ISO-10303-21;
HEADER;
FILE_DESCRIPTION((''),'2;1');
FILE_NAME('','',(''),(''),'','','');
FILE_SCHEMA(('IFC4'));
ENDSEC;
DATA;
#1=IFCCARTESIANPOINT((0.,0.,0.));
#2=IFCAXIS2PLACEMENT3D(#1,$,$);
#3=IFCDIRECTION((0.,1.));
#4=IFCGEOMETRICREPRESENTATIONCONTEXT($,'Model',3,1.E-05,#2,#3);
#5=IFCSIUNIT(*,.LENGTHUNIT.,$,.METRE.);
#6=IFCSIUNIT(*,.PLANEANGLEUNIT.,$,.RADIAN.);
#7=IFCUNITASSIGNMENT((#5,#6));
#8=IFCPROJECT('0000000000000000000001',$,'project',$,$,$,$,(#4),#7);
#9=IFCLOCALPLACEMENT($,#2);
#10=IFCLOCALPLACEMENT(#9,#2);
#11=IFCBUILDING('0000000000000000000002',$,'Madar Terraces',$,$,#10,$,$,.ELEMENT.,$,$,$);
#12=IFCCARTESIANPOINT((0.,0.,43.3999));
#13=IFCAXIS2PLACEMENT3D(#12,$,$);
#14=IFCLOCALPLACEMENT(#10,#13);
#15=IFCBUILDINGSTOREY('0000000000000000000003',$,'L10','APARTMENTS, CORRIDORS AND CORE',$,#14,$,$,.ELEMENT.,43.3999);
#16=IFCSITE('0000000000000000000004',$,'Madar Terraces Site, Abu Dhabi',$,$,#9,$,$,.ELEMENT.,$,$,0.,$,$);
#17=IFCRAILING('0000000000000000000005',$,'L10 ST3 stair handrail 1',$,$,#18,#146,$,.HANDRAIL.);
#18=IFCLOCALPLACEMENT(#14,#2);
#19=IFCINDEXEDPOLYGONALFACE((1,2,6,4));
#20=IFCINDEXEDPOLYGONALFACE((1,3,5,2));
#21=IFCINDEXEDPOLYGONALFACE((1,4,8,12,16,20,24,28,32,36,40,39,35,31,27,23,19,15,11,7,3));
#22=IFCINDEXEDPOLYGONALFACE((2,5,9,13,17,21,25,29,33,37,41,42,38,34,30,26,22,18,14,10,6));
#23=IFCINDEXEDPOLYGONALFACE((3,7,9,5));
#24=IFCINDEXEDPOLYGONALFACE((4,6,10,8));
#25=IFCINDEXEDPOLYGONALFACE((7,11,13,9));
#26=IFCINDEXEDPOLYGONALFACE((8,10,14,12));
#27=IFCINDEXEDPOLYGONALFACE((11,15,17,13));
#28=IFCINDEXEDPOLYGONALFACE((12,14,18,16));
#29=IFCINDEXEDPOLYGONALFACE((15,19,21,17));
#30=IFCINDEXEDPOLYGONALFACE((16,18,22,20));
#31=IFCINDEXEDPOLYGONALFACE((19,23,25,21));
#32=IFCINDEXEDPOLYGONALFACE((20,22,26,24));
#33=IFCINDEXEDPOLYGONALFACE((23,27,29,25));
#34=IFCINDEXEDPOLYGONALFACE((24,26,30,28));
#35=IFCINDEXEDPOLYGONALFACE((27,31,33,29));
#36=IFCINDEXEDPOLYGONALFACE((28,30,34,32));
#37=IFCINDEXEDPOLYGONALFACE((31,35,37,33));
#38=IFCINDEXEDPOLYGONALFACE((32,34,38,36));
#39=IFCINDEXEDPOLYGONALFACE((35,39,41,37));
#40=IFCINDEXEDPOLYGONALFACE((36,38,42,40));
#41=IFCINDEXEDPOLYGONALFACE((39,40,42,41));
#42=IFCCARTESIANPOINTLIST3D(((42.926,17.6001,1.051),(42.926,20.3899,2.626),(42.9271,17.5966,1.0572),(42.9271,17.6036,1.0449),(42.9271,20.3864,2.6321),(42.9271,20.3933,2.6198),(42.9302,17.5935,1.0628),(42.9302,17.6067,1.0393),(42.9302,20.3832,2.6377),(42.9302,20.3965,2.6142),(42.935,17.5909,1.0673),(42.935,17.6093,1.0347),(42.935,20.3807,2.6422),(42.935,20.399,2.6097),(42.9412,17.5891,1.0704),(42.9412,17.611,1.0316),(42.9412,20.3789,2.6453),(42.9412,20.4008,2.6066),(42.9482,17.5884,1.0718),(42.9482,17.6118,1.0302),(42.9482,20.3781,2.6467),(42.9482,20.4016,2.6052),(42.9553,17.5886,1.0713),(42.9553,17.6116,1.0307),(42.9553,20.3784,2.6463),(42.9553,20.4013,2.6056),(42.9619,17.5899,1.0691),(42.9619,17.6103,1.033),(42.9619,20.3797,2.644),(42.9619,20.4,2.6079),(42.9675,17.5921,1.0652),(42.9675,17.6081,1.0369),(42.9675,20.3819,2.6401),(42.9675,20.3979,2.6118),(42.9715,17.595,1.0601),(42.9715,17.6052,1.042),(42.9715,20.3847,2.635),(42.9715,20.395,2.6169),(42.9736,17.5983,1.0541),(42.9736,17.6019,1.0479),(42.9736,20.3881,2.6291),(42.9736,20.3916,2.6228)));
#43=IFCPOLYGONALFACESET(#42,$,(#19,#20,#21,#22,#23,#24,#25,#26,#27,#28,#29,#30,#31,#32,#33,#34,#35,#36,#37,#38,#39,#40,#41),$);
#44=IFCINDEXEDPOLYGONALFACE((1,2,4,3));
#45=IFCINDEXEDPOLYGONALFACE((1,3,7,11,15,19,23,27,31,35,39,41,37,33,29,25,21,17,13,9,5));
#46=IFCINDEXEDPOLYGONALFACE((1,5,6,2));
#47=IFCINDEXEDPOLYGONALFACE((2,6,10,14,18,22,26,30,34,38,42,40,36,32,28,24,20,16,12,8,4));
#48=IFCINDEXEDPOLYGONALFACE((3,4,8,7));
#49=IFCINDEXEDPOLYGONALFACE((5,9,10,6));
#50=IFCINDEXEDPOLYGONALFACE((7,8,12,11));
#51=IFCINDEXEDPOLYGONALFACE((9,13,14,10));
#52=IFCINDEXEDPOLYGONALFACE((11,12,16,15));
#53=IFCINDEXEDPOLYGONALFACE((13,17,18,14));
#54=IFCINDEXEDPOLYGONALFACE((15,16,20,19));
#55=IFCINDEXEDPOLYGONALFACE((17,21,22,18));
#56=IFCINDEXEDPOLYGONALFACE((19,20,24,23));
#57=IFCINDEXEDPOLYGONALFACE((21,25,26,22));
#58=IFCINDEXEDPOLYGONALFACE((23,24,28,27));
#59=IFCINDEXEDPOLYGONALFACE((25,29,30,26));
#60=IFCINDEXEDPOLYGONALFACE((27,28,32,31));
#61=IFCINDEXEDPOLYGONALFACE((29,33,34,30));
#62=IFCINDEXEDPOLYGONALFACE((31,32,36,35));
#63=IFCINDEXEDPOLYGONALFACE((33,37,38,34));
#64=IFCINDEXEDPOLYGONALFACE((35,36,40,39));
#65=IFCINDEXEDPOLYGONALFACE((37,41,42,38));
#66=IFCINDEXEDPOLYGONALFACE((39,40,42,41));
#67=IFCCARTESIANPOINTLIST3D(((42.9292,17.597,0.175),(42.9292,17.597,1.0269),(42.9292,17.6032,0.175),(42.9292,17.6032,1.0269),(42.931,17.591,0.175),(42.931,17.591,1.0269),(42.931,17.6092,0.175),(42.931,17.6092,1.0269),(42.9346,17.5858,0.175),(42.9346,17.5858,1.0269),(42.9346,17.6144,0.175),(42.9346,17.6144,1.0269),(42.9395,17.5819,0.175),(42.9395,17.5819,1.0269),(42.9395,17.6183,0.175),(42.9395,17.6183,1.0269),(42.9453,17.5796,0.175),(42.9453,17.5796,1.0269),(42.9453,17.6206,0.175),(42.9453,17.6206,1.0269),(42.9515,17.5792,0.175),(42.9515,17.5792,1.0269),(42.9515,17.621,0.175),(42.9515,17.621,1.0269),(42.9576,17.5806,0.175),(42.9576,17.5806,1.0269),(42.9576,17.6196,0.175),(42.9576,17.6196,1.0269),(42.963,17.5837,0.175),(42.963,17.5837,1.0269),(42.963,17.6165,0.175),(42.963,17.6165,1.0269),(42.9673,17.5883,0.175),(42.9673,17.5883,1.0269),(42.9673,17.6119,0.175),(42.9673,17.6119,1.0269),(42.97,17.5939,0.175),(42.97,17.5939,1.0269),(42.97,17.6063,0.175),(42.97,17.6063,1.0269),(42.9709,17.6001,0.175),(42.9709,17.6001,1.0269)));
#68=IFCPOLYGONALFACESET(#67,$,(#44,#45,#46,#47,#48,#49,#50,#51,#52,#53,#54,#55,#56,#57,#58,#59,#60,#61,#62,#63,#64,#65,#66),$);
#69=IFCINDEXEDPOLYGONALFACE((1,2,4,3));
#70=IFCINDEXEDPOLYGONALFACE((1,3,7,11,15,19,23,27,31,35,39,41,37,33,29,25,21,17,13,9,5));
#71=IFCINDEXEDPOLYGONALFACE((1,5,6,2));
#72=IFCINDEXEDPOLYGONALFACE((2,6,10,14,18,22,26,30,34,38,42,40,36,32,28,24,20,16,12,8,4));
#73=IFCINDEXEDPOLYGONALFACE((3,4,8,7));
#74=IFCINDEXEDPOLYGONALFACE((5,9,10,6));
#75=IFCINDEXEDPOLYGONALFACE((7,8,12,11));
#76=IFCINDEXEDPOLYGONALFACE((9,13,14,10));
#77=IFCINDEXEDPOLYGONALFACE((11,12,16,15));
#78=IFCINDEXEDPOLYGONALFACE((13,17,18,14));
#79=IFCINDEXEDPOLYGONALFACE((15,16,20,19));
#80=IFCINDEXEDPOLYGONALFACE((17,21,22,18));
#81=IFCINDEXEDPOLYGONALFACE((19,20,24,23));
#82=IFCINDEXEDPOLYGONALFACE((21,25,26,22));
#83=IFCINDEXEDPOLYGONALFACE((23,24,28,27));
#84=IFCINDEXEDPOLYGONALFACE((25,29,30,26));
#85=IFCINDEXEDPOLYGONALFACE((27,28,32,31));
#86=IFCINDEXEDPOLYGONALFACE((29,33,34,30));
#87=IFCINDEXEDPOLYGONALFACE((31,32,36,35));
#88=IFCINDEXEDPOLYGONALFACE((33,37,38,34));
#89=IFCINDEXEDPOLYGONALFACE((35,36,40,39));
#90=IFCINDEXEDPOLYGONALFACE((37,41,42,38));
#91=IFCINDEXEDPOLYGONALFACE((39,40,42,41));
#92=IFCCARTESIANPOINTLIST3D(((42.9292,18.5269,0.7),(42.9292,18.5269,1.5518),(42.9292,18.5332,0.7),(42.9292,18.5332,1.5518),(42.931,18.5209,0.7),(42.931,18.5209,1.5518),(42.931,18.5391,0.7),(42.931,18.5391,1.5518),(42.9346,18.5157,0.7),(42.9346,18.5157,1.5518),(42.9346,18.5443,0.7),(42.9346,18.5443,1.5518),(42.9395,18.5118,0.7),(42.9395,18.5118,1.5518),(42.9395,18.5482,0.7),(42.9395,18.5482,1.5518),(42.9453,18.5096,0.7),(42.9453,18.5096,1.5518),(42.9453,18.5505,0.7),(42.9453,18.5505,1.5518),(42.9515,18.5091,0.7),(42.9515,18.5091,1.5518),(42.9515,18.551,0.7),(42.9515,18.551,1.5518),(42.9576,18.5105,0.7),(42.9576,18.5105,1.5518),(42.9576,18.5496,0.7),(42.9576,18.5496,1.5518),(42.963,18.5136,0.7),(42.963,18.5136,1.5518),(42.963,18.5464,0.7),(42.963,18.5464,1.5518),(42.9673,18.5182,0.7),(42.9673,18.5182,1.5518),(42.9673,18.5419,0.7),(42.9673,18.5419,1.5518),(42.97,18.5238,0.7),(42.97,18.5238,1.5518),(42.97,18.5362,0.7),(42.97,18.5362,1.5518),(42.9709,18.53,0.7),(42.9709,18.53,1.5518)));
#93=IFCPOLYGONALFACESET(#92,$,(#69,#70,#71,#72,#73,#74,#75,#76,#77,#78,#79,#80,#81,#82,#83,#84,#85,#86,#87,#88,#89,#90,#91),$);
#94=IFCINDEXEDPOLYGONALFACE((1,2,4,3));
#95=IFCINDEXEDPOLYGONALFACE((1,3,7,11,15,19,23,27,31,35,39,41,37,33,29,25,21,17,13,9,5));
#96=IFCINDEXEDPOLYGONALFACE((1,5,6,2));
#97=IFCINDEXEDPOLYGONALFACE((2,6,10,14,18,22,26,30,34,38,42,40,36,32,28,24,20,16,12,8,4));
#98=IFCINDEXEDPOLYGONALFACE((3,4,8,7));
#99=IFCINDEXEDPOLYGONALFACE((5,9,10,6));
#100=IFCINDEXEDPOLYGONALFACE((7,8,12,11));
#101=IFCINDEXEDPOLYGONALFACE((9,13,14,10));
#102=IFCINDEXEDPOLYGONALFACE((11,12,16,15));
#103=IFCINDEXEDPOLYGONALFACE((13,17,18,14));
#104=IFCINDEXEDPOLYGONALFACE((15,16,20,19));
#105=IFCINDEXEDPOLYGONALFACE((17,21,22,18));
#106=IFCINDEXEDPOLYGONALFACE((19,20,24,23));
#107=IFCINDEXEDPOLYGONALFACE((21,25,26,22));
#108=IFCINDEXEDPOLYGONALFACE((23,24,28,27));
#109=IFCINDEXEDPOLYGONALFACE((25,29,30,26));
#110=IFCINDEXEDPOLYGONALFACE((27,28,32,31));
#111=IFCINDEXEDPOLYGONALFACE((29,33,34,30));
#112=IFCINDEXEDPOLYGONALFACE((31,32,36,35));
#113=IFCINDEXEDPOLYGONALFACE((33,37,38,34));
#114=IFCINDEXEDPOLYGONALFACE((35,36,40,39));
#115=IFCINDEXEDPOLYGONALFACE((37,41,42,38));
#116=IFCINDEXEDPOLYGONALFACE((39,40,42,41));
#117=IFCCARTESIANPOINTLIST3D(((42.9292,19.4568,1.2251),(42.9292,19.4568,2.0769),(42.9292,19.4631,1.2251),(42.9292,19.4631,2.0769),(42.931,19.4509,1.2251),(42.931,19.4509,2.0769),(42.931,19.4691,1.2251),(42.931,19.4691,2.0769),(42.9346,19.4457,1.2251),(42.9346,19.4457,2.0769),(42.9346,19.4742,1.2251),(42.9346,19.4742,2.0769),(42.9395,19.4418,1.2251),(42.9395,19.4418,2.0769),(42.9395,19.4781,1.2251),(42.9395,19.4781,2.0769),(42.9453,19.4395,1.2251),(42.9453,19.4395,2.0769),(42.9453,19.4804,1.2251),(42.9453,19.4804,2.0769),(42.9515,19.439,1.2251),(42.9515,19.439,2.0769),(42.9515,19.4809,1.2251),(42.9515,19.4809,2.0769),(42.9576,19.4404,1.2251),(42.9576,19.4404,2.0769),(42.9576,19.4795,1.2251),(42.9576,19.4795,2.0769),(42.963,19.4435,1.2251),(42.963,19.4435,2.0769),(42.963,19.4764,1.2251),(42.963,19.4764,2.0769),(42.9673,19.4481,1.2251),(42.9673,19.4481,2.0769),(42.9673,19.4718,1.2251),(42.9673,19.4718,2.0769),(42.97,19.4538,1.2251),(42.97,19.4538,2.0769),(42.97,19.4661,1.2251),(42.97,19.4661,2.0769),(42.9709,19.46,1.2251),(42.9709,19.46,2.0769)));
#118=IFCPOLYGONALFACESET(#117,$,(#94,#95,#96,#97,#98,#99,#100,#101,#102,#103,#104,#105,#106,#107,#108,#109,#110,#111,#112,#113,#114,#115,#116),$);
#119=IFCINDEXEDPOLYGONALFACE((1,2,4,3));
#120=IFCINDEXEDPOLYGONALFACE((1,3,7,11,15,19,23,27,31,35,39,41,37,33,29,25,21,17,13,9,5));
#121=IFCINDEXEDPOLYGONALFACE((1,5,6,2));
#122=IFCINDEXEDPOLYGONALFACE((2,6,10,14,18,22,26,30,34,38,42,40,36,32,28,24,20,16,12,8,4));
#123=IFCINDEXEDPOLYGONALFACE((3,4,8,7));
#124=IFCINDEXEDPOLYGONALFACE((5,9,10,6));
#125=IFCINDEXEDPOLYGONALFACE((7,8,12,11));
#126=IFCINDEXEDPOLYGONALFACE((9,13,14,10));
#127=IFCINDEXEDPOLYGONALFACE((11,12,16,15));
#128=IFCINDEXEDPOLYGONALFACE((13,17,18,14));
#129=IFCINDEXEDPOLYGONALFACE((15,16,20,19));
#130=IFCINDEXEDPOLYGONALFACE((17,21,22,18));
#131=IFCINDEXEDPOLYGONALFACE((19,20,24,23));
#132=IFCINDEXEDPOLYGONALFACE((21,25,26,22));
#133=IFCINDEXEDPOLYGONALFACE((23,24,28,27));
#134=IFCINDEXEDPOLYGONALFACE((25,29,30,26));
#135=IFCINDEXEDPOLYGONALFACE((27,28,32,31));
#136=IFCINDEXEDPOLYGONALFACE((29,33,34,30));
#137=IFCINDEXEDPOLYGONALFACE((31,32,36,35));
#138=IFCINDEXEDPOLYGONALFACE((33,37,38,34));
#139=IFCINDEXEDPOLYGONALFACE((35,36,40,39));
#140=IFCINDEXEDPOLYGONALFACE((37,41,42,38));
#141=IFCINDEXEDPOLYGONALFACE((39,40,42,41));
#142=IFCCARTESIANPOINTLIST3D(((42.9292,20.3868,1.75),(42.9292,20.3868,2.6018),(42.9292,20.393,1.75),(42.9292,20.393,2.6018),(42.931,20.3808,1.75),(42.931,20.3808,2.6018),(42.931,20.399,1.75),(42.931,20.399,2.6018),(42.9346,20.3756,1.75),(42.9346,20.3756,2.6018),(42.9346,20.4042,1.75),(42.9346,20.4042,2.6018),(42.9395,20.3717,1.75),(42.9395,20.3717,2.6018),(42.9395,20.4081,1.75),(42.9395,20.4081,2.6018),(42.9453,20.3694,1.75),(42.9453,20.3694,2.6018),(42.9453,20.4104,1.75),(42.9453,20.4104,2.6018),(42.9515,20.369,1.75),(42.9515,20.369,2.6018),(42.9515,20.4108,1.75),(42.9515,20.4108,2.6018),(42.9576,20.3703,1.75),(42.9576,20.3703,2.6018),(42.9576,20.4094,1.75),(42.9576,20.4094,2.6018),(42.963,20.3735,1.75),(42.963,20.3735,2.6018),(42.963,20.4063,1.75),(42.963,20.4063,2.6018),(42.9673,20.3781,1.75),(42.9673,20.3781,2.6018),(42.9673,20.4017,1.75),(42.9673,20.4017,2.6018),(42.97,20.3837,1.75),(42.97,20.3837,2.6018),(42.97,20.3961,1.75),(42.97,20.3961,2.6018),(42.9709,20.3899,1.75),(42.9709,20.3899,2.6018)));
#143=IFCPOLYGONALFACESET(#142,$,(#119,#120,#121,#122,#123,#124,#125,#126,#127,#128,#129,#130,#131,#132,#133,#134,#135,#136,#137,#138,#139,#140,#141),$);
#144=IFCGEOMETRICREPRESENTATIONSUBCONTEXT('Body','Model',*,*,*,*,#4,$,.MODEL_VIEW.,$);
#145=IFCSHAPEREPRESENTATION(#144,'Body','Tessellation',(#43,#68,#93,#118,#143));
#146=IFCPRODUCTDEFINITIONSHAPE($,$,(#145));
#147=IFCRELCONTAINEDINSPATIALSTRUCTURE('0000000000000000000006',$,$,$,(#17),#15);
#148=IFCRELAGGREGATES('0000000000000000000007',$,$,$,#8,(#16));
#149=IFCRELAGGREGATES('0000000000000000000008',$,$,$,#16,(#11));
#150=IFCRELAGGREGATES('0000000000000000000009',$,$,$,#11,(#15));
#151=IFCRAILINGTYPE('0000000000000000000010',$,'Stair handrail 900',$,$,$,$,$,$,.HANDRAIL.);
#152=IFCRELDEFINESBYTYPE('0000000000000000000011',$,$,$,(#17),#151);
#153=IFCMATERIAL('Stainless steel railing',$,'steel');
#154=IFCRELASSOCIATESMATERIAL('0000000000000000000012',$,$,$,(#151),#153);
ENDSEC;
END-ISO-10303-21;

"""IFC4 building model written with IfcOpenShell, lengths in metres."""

from ifc_helpers import new_model, si_unit, direction, frame, origin, origin_2d, place, context, subcontext, project, spatial, circle, extrude, material, type_object, element, save


model = new_model("IFC4")

# Units and contexts
model_context = context("Model", 3, precision=1e-05, world=origin(), true_north=direction((0.0, 1.0)))
body_context = subcontext(model_context, "Body", "Model", "MODEL_VIEW")
ifc_project = project(units=[si_unit("LENGTHUNIT", "METRE"), si_unit("PLANEANGLEUNIT", "RADIAN")], contexts=[model_context])

# Site, building, storey
site_placement = place(None, origin())
site = spatial("IfcSite", under=ifc_project, at=site_placement, Name="Madar Terraces Site, Abu Dhabi", CompositionType="ELEMENT", RefElevation=0.0)
building_placement = place(site_placement, origin())
building = spatial("IfcBuilding", under=site, at=building_placement, Name="Madar Terraces", CompositionType="ELEMENT")
storey_placement = place(building_placement, frame((0.0, 0.0, 43.3999)))
storey = spatial("IfcBuildingStorey", under=building, at=storey_placement, Name="L10", Description="APARTMENTS, CORRIDORS AND CORE", CompositionType="ELEMENT", Elevation=43.3999)

# Railing
ifc_material_1 = material(Name="Stainless steel railing", Category="steel")
railing_type_1 = type_object("IfcRailingType", Name="Stair handrail 900", PredefinedType="HANDRAIL", material=ifc_material_1)
railing_1_placement = place(storey_placement, frame((42.95, 17.6001, 0.175)))
element("IfcRailing", 1, at=railing_1_placement, inside=storey, type_object=railing_type_1, Name="L10 ST3 stair handrail 1", PredefinedType="HANDRAIL", context=body_context, shape_type="SweptSolid", body=[
    extrude(circle(Radius=0.0239, at=origin_2d()), frame((0.0, 0.0, 0.876), z_axis=(0.0, 0.870815, 0.49161), x_axis=(-1.0, 0.0, 0.0)), (0.0, 0.0, 1.0), 3.2036),
    extrude(circle(Radius=0.021, at=origin_2d()), origin(), (0.0, 0.0, 1.0), 0.8518),
    extrude(circle(Radius=0.021, at=origin_2d()), frame((0.0, 0.9299, 0.5249)), (0.0, 0.0, 1.0), 0.8518),
    extrude(circle(Radius=0.021, at=origin_2d()), frame((0.0, 1.8599, 1.05)), (0.0, 0.0, 1.0), 0.8518),
    extrude(circle(Radius=0.021, at=origin_2d()), frame((0.0, 2.7898, 1.575)), (0.0, 0.0, 1.0), 0.8518),
])

save(model, "model.ifc")
